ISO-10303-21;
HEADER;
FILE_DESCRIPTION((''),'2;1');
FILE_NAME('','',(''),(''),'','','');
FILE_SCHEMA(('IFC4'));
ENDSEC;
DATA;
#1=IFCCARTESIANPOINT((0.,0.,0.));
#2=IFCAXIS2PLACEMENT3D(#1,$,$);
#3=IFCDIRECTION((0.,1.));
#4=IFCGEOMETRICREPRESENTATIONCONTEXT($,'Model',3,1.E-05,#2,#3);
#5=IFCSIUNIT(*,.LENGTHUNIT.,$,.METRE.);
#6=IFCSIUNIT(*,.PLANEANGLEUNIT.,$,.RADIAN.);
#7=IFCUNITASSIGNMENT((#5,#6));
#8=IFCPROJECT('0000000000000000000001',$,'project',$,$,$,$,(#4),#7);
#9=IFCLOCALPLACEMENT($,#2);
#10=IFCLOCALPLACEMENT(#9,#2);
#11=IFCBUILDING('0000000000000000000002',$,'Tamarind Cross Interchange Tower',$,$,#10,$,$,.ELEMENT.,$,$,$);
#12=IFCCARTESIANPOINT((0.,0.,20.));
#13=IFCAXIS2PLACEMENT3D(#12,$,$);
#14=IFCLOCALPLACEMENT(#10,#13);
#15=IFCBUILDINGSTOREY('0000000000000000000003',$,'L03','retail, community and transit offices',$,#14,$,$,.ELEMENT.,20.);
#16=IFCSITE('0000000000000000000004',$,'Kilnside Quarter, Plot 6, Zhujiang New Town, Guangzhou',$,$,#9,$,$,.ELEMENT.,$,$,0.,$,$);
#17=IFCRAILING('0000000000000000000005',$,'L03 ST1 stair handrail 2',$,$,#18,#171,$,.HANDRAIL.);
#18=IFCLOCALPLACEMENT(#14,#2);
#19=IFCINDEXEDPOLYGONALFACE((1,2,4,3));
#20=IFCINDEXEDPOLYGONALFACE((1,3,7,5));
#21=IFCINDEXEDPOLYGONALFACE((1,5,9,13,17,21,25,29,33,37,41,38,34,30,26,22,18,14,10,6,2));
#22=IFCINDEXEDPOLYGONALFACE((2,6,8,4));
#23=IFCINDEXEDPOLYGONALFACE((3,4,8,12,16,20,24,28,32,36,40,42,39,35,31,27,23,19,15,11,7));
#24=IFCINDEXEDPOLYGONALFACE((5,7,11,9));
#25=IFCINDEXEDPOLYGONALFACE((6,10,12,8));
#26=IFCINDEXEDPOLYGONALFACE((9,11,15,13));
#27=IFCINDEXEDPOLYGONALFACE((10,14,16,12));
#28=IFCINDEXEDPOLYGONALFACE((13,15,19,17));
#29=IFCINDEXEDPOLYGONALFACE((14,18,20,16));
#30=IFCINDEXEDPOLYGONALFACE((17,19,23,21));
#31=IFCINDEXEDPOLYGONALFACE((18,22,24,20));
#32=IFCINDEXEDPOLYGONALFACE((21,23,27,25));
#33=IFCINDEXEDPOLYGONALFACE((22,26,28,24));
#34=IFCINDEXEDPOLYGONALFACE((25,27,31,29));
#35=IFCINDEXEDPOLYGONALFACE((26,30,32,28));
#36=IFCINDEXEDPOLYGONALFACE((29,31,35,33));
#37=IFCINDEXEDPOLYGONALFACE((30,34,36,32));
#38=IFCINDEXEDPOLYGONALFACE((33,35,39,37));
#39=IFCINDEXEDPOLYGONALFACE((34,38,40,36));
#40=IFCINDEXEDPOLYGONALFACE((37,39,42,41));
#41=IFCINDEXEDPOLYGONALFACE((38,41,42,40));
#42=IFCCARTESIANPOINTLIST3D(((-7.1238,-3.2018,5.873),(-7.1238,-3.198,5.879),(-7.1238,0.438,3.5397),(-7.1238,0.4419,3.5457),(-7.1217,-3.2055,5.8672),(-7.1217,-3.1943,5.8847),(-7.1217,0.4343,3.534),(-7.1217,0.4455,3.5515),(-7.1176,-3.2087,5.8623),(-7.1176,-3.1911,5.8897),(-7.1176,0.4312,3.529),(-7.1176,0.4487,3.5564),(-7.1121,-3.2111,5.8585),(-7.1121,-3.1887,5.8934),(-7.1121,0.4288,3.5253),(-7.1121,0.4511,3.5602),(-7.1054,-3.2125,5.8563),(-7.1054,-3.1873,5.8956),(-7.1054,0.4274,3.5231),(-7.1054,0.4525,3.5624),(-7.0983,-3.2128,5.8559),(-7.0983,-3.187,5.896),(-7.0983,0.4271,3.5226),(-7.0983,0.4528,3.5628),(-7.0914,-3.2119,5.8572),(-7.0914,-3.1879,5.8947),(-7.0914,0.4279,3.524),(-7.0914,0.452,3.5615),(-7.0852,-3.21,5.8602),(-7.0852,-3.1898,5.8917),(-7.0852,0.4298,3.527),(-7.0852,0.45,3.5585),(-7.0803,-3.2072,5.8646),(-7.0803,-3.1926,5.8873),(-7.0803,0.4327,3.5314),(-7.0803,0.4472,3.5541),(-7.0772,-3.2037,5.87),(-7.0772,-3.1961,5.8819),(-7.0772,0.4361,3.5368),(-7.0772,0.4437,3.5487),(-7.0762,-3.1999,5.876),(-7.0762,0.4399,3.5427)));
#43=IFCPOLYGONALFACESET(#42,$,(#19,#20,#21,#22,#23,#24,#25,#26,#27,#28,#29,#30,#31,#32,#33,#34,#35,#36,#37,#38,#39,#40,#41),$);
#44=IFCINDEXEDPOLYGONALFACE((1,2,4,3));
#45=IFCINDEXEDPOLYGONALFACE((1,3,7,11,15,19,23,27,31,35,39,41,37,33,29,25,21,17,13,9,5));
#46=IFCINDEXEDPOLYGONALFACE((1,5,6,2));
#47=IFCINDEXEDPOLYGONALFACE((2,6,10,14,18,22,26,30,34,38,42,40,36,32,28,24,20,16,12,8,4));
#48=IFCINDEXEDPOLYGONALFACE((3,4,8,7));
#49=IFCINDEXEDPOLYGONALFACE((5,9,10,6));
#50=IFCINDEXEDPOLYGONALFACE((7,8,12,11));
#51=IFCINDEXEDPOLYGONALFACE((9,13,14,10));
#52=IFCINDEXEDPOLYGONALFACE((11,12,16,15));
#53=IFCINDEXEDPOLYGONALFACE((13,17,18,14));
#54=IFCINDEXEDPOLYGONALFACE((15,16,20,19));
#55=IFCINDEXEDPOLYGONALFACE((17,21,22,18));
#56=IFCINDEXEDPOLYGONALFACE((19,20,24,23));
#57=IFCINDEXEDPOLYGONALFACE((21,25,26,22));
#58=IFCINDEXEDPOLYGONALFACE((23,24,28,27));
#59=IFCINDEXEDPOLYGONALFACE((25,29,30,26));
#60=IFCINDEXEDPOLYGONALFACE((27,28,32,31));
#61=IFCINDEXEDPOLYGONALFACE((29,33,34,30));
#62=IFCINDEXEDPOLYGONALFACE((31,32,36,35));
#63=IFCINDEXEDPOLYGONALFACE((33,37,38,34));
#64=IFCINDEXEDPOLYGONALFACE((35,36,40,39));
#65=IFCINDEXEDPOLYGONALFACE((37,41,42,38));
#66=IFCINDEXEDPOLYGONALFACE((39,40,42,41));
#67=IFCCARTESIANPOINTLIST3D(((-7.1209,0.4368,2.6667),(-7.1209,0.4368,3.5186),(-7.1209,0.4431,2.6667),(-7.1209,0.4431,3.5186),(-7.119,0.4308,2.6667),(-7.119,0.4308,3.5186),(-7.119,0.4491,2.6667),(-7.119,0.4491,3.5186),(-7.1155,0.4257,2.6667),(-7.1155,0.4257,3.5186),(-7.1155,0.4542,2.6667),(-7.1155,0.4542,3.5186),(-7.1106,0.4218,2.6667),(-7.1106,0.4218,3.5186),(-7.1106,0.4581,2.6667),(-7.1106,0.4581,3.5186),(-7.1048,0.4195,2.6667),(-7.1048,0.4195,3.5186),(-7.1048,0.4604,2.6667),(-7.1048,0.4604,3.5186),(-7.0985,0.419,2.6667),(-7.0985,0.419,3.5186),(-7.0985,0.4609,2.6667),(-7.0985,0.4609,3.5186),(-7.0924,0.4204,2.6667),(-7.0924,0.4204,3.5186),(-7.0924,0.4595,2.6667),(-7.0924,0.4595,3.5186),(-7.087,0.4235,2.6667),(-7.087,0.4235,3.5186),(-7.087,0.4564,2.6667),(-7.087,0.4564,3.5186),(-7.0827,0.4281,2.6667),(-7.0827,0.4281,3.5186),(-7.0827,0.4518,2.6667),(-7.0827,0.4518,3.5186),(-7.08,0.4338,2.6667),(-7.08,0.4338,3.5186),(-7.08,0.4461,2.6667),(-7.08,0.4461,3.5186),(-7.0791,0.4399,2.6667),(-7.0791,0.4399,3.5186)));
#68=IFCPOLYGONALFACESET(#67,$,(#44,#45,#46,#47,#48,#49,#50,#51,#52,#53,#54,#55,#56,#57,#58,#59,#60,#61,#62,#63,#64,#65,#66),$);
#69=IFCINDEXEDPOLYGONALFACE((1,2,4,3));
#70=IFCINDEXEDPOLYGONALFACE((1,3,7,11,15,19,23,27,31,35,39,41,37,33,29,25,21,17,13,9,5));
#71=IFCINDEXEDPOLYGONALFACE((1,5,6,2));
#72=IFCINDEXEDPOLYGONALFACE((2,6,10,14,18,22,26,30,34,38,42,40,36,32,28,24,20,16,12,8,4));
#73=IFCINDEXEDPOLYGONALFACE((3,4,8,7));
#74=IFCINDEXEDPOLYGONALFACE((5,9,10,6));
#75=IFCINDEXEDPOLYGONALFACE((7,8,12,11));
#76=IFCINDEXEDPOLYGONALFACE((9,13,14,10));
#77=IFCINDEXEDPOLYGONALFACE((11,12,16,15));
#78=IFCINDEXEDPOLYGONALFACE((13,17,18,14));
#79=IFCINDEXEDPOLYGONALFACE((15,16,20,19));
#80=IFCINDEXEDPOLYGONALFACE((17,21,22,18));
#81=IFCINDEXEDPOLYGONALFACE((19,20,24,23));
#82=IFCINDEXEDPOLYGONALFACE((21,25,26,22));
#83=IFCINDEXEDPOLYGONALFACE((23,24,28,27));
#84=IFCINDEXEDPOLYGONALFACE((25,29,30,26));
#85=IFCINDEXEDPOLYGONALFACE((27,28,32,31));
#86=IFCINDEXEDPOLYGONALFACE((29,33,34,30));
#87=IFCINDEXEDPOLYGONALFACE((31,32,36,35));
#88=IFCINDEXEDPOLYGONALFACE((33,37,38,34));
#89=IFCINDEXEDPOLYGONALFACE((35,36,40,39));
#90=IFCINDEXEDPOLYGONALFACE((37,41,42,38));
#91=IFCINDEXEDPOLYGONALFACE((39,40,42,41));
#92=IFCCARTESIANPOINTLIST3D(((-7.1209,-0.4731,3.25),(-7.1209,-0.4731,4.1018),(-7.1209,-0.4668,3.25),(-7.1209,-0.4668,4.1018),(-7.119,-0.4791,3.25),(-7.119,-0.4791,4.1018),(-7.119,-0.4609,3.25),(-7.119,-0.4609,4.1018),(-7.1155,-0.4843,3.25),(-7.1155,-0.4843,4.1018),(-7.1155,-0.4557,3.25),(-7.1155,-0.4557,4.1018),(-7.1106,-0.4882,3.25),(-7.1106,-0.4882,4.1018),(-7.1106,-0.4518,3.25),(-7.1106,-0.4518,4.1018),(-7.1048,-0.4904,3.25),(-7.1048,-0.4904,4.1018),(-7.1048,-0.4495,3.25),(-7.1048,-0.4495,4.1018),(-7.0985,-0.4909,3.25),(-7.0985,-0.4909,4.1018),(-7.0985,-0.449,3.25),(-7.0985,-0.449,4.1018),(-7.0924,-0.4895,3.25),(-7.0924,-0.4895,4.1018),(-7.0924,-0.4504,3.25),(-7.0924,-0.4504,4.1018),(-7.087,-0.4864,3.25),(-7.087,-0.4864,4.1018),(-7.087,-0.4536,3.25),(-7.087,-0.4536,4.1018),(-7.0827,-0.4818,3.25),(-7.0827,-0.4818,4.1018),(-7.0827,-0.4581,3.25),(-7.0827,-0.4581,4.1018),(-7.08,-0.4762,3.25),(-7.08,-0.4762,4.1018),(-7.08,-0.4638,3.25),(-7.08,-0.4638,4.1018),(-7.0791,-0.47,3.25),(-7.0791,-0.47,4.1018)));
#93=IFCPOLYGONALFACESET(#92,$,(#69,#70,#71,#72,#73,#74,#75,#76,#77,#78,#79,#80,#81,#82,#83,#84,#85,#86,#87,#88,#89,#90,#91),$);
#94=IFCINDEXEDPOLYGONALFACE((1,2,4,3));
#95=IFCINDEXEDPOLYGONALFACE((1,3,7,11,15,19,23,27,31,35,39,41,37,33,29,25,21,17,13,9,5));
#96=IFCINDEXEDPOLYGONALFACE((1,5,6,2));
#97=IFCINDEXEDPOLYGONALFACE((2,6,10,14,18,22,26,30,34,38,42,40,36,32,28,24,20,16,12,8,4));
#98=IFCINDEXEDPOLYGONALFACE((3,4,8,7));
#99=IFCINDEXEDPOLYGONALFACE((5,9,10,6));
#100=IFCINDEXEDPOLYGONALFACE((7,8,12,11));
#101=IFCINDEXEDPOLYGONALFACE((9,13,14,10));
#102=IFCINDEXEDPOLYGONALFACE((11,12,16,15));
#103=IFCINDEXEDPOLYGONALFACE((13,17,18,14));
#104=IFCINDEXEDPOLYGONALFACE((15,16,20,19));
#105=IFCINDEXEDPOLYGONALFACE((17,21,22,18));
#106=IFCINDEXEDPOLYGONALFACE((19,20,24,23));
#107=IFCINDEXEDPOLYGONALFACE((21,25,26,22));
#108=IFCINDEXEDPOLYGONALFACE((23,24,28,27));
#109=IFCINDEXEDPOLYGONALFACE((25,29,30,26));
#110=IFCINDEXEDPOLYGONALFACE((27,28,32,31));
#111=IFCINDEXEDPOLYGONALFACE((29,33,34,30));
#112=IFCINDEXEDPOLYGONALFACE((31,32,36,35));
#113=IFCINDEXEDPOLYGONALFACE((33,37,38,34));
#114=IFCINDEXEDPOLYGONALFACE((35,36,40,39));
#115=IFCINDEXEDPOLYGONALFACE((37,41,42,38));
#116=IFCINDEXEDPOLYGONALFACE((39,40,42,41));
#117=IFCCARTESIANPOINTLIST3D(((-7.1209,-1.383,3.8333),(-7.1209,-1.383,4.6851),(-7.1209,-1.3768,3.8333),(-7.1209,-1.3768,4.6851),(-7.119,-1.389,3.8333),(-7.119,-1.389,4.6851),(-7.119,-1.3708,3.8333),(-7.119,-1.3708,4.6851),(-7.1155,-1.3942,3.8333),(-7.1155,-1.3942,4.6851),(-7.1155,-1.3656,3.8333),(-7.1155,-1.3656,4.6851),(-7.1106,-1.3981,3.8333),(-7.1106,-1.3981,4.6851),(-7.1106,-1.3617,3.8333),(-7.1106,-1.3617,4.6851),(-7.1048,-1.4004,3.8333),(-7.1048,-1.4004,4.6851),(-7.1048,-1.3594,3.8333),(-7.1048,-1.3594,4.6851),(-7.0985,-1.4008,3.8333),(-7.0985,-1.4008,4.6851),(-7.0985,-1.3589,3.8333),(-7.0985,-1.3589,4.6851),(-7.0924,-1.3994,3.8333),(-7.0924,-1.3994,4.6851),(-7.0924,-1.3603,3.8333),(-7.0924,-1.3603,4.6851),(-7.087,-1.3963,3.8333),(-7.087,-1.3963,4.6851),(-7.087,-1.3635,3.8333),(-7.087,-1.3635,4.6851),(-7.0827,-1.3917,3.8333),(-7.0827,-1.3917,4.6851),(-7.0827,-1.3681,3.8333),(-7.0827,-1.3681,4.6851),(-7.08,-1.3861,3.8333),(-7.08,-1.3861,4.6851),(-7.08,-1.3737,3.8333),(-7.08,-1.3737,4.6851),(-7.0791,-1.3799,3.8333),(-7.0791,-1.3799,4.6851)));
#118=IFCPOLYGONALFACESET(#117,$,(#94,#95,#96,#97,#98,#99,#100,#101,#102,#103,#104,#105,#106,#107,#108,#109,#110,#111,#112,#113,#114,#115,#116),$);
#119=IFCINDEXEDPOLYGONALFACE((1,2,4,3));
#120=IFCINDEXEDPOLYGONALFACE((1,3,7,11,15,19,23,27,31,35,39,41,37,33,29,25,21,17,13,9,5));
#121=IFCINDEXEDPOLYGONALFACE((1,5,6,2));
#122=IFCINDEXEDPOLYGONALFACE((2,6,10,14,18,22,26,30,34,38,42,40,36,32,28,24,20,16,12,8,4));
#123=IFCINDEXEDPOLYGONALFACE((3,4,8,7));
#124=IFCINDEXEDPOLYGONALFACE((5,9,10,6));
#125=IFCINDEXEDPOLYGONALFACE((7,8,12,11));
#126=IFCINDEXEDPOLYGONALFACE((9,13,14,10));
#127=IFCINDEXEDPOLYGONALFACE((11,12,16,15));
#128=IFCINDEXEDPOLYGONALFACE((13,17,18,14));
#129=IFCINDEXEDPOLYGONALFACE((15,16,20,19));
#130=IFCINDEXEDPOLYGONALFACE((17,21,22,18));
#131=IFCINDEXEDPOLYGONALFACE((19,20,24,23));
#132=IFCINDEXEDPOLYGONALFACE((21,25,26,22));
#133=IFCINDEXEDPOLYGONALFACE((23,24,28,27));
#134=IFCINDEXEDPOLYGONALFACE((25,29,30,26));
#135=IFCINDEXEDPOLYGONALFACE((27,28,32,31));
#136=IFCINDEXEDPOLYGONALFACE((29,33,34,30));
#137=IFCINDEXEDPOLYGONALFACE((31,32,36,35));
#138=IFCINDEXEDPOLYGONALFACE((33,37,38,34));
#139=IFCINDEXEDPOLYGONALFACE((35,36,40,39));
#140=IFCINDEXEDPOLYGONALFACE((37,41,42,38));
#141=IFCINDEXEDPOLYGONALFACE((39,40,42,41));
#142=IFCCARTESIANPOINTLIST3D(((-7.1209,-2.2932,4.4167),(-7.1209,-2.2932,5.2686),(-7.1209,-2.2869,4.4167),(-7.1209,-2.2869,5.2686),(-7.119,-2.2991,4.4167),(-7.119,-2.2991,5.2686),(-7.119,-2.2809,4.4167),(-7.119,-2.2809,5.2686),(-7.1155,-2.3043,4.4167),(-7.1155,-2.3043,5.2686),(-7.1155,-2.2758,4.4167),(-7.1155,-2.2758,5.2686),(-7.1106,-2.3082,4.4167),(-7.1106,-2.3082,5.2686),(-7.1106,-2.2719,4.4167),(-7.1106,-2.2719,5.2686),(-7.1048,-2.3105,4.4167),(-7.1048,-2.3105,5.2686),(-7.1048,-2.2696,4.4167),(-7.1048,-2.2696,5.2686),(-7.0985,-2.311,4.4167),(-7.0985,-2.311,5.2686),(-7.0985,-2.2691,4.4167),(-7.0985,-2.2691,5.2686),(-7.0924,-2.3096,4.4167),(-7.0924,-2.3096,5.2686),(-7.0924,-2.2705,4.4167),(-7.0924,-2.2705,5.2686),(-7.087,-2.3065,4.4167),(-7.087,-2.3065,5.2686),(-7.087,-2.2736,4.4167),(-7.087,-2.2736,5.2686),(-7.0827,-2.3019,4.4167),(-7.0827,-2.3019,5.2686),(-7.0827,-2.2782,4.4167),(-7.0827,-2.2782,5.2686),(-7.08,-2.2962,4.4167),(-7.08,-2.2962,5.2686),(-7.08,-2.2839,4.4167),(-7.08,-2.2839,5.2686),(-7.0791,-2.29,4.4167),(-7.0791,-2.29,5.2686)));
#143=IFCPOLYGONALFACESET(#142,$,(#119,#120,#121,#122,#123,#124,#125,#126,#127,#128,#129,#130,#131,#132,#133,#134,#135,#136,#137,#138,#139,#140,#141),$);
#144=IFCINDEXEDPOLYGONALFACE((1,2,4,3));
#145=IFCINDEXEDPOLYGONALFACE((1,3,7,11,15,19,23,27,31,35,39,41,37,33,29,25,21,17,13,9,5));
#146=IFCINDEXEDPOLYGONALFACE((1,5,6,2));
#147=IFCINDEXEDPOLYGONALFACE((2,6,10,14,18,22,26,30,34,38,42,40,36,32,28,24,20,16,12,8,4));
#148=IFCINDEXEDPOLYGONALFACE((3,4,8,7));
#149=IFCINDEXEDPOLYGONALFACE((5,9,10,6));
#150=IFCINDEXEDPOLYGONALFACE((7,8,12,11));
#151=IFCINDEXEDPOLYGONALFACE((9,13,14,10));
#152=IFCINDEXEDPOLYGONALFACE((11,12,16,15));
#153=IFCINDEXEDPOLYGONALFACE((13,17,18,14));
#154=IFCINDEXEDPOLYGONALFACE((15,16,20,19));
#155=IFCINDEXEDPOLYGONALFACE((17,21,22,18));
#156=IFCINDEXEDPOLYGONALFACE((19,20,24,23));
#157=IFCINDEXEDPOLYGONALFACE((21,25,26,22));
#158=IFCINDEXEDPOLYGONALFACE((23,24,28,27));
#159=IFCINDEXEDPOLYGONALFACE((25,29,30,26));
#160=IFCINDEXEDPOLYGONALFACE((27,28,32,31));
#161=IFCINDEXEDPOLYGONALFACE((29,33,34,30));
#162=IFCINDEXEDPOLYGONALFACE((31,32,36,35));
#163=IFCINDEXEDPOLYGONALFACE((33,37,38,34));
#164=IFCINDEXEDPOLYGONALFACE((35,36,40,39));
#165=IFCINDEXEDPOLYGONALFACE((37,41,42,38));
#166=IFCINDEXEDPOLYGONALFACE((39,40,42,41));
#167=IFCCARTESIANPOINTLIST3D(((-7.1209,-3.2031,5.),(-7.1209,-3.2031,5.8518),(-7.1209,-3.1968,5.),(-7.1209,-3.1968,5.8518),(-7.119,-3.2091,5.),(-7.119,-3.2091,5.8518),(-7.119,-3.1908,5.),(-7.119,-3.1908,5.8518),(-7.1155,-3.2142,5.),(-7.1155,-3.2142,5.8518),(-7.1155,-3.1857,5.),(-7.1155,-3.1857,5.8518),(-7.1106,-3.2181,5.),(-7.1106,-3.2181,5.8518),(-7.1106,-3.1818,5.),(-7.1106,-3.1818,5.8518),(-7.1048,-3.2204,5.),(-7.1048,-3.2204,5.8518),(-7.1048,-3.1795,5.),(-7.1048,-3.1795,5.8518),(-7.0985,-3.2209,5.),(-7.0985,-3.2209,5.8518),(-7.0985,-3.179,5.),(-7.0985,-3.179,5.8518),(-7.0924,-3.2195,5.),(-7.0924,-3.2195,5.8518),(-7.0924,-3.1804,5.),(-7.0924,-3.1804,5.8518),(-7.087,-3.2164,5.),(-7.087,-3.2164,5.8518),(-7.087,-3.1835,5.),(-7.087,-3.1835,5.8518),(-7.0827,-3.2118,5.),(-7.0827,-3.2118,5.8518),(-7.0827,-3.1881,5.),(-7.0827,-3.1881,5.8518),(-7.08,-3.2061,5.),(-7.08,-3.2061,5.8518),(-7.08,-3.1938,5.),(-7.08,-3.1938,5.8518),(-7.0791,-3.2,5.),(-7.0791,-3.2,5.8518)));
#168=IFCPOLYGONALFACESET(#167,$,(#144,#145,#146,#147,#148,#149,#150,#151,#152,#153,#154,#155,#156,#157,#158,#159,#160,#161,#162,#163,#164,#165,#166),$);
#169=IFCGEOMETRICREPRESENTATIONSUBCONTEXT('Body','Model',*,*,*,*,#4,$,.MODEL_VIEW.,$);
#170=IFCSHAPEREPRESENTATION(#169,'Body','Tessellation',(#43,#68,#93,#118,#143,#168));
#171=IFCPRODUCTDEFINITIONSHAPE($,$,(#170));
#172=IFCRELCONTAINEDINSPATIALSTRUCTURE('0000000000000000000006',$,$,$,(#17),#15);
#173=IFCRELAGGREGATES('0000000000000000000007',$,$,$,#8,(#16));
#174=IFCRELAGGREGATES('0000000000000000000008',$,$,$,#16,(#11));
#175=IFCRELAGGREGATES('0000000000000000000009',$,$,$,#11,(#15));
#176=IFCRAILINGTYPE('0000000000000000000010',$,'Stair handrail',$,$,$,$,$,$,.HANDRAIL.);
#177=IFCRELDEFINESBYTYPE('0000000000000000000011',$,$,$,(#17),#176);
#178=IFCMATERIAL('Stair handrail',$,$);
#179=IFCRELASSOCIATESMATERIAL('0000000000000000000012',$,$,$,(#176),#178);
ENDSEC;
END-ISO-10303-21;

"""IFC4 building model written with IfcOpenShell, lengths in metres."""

from ifc_helpers import new_model, si_unit, direction, frame, origin, origin_2d, place, context, subcontext, project, spatial, circle, extrude, material, type_object, element, save


model = new_model("IFC4")

# Units and contexts
model_context = context("Model", 3, precision=1e-05, world=origin(), true_north=direction((0.0, 1.0)))
body_context = subcontext(model_context, "Body", "Model", "MODEL_VIEW")
ifc_project = project(units=[si_unit("LENGTHUNIT", "METRE"), si_unit("PLANEANGLEUNIT", "RADIAN")], contexts=[model_context])

# Site, building, storey
site_placement = place(None, origin())
site = spatial("IfcSite", under=ifc_project, at=site_placement, Name="Kilnside Quarter, Plot 6, Zhujiang New Town, Guangzhou", CompositionType="ELEMENT", RefElevation=0.0)
building_placement = place(site_placement, origin())
building = spatial("IfcBuilding", under=site, at=building_placement, Name="Tamarind Cross Interchange Tower", CompositionType="ELEMENT")
storey_placement = place(building_placement, frame((0.0, 0.0, 20.0)))
storey = spatial("IfcBuildingStorey", under=building, at=storey_placement, Name="L03", Description="retail, community and transit offices", CompositionType="ELEMENT", Elevation=20.0)

# Railing
ifc_material_1 = material(Name="Stair handrail")
railing_type_1 = type_object("IfcRailingType", Name="Stair handrail", PredefinedType="HANDRAIL", material=ifc_material_1)
railing_1_placement = place(storey_placement, frame((-7.1001, 0.4399, 2.6667)))
element("IfcRailing", 1, at=railing_1_placement, inside=storey, type_object=railing_type_1, Name="L03 ST1 stair handrail 2", PredefinedType="HANDRAIL", context=body_context, shape_type="SweptSolid", body=[
    extrude(circle(Radius=0.0239, at=origin_2d()), frame((0.0, 0.0, 0.876), z_axis=(0.0, -0.84188, 0.539664), x_axis=(1.0, 0.0, 0.0)), (0.0, 0.0, 1.0), 4.3235),
    extrude(circle(Radius=0.021, at=origin_2d()), origin(), (0.0, 0.0, 1.0), 0.8518),
    extrude(circle(Radius=0.021, at=origin_2d()), frame((0.0, -0.9099, 0.5833)), (0.0, 0.0, 1.0), 0.8518),
    extrude(circle(Radius=0.021, at=origin_2d()), frame((0.0, -1.8198, 1.1665)), (0.0, 0.0, 1.0), 0.8518),
    extrude(circle(Radius=0.021, at=origin_2d()), frame((0.0, -2.73, 1.75)), (0.0, 0.0, 1.0), 0.8518),
    extrude(circle(Radius=0.021, at=origin_2d()), frame((0.0, -3.6399, 2.3333)), (0.0, 0.0, 1.0), 0.8518),
])

save(model, "model.ifc")
